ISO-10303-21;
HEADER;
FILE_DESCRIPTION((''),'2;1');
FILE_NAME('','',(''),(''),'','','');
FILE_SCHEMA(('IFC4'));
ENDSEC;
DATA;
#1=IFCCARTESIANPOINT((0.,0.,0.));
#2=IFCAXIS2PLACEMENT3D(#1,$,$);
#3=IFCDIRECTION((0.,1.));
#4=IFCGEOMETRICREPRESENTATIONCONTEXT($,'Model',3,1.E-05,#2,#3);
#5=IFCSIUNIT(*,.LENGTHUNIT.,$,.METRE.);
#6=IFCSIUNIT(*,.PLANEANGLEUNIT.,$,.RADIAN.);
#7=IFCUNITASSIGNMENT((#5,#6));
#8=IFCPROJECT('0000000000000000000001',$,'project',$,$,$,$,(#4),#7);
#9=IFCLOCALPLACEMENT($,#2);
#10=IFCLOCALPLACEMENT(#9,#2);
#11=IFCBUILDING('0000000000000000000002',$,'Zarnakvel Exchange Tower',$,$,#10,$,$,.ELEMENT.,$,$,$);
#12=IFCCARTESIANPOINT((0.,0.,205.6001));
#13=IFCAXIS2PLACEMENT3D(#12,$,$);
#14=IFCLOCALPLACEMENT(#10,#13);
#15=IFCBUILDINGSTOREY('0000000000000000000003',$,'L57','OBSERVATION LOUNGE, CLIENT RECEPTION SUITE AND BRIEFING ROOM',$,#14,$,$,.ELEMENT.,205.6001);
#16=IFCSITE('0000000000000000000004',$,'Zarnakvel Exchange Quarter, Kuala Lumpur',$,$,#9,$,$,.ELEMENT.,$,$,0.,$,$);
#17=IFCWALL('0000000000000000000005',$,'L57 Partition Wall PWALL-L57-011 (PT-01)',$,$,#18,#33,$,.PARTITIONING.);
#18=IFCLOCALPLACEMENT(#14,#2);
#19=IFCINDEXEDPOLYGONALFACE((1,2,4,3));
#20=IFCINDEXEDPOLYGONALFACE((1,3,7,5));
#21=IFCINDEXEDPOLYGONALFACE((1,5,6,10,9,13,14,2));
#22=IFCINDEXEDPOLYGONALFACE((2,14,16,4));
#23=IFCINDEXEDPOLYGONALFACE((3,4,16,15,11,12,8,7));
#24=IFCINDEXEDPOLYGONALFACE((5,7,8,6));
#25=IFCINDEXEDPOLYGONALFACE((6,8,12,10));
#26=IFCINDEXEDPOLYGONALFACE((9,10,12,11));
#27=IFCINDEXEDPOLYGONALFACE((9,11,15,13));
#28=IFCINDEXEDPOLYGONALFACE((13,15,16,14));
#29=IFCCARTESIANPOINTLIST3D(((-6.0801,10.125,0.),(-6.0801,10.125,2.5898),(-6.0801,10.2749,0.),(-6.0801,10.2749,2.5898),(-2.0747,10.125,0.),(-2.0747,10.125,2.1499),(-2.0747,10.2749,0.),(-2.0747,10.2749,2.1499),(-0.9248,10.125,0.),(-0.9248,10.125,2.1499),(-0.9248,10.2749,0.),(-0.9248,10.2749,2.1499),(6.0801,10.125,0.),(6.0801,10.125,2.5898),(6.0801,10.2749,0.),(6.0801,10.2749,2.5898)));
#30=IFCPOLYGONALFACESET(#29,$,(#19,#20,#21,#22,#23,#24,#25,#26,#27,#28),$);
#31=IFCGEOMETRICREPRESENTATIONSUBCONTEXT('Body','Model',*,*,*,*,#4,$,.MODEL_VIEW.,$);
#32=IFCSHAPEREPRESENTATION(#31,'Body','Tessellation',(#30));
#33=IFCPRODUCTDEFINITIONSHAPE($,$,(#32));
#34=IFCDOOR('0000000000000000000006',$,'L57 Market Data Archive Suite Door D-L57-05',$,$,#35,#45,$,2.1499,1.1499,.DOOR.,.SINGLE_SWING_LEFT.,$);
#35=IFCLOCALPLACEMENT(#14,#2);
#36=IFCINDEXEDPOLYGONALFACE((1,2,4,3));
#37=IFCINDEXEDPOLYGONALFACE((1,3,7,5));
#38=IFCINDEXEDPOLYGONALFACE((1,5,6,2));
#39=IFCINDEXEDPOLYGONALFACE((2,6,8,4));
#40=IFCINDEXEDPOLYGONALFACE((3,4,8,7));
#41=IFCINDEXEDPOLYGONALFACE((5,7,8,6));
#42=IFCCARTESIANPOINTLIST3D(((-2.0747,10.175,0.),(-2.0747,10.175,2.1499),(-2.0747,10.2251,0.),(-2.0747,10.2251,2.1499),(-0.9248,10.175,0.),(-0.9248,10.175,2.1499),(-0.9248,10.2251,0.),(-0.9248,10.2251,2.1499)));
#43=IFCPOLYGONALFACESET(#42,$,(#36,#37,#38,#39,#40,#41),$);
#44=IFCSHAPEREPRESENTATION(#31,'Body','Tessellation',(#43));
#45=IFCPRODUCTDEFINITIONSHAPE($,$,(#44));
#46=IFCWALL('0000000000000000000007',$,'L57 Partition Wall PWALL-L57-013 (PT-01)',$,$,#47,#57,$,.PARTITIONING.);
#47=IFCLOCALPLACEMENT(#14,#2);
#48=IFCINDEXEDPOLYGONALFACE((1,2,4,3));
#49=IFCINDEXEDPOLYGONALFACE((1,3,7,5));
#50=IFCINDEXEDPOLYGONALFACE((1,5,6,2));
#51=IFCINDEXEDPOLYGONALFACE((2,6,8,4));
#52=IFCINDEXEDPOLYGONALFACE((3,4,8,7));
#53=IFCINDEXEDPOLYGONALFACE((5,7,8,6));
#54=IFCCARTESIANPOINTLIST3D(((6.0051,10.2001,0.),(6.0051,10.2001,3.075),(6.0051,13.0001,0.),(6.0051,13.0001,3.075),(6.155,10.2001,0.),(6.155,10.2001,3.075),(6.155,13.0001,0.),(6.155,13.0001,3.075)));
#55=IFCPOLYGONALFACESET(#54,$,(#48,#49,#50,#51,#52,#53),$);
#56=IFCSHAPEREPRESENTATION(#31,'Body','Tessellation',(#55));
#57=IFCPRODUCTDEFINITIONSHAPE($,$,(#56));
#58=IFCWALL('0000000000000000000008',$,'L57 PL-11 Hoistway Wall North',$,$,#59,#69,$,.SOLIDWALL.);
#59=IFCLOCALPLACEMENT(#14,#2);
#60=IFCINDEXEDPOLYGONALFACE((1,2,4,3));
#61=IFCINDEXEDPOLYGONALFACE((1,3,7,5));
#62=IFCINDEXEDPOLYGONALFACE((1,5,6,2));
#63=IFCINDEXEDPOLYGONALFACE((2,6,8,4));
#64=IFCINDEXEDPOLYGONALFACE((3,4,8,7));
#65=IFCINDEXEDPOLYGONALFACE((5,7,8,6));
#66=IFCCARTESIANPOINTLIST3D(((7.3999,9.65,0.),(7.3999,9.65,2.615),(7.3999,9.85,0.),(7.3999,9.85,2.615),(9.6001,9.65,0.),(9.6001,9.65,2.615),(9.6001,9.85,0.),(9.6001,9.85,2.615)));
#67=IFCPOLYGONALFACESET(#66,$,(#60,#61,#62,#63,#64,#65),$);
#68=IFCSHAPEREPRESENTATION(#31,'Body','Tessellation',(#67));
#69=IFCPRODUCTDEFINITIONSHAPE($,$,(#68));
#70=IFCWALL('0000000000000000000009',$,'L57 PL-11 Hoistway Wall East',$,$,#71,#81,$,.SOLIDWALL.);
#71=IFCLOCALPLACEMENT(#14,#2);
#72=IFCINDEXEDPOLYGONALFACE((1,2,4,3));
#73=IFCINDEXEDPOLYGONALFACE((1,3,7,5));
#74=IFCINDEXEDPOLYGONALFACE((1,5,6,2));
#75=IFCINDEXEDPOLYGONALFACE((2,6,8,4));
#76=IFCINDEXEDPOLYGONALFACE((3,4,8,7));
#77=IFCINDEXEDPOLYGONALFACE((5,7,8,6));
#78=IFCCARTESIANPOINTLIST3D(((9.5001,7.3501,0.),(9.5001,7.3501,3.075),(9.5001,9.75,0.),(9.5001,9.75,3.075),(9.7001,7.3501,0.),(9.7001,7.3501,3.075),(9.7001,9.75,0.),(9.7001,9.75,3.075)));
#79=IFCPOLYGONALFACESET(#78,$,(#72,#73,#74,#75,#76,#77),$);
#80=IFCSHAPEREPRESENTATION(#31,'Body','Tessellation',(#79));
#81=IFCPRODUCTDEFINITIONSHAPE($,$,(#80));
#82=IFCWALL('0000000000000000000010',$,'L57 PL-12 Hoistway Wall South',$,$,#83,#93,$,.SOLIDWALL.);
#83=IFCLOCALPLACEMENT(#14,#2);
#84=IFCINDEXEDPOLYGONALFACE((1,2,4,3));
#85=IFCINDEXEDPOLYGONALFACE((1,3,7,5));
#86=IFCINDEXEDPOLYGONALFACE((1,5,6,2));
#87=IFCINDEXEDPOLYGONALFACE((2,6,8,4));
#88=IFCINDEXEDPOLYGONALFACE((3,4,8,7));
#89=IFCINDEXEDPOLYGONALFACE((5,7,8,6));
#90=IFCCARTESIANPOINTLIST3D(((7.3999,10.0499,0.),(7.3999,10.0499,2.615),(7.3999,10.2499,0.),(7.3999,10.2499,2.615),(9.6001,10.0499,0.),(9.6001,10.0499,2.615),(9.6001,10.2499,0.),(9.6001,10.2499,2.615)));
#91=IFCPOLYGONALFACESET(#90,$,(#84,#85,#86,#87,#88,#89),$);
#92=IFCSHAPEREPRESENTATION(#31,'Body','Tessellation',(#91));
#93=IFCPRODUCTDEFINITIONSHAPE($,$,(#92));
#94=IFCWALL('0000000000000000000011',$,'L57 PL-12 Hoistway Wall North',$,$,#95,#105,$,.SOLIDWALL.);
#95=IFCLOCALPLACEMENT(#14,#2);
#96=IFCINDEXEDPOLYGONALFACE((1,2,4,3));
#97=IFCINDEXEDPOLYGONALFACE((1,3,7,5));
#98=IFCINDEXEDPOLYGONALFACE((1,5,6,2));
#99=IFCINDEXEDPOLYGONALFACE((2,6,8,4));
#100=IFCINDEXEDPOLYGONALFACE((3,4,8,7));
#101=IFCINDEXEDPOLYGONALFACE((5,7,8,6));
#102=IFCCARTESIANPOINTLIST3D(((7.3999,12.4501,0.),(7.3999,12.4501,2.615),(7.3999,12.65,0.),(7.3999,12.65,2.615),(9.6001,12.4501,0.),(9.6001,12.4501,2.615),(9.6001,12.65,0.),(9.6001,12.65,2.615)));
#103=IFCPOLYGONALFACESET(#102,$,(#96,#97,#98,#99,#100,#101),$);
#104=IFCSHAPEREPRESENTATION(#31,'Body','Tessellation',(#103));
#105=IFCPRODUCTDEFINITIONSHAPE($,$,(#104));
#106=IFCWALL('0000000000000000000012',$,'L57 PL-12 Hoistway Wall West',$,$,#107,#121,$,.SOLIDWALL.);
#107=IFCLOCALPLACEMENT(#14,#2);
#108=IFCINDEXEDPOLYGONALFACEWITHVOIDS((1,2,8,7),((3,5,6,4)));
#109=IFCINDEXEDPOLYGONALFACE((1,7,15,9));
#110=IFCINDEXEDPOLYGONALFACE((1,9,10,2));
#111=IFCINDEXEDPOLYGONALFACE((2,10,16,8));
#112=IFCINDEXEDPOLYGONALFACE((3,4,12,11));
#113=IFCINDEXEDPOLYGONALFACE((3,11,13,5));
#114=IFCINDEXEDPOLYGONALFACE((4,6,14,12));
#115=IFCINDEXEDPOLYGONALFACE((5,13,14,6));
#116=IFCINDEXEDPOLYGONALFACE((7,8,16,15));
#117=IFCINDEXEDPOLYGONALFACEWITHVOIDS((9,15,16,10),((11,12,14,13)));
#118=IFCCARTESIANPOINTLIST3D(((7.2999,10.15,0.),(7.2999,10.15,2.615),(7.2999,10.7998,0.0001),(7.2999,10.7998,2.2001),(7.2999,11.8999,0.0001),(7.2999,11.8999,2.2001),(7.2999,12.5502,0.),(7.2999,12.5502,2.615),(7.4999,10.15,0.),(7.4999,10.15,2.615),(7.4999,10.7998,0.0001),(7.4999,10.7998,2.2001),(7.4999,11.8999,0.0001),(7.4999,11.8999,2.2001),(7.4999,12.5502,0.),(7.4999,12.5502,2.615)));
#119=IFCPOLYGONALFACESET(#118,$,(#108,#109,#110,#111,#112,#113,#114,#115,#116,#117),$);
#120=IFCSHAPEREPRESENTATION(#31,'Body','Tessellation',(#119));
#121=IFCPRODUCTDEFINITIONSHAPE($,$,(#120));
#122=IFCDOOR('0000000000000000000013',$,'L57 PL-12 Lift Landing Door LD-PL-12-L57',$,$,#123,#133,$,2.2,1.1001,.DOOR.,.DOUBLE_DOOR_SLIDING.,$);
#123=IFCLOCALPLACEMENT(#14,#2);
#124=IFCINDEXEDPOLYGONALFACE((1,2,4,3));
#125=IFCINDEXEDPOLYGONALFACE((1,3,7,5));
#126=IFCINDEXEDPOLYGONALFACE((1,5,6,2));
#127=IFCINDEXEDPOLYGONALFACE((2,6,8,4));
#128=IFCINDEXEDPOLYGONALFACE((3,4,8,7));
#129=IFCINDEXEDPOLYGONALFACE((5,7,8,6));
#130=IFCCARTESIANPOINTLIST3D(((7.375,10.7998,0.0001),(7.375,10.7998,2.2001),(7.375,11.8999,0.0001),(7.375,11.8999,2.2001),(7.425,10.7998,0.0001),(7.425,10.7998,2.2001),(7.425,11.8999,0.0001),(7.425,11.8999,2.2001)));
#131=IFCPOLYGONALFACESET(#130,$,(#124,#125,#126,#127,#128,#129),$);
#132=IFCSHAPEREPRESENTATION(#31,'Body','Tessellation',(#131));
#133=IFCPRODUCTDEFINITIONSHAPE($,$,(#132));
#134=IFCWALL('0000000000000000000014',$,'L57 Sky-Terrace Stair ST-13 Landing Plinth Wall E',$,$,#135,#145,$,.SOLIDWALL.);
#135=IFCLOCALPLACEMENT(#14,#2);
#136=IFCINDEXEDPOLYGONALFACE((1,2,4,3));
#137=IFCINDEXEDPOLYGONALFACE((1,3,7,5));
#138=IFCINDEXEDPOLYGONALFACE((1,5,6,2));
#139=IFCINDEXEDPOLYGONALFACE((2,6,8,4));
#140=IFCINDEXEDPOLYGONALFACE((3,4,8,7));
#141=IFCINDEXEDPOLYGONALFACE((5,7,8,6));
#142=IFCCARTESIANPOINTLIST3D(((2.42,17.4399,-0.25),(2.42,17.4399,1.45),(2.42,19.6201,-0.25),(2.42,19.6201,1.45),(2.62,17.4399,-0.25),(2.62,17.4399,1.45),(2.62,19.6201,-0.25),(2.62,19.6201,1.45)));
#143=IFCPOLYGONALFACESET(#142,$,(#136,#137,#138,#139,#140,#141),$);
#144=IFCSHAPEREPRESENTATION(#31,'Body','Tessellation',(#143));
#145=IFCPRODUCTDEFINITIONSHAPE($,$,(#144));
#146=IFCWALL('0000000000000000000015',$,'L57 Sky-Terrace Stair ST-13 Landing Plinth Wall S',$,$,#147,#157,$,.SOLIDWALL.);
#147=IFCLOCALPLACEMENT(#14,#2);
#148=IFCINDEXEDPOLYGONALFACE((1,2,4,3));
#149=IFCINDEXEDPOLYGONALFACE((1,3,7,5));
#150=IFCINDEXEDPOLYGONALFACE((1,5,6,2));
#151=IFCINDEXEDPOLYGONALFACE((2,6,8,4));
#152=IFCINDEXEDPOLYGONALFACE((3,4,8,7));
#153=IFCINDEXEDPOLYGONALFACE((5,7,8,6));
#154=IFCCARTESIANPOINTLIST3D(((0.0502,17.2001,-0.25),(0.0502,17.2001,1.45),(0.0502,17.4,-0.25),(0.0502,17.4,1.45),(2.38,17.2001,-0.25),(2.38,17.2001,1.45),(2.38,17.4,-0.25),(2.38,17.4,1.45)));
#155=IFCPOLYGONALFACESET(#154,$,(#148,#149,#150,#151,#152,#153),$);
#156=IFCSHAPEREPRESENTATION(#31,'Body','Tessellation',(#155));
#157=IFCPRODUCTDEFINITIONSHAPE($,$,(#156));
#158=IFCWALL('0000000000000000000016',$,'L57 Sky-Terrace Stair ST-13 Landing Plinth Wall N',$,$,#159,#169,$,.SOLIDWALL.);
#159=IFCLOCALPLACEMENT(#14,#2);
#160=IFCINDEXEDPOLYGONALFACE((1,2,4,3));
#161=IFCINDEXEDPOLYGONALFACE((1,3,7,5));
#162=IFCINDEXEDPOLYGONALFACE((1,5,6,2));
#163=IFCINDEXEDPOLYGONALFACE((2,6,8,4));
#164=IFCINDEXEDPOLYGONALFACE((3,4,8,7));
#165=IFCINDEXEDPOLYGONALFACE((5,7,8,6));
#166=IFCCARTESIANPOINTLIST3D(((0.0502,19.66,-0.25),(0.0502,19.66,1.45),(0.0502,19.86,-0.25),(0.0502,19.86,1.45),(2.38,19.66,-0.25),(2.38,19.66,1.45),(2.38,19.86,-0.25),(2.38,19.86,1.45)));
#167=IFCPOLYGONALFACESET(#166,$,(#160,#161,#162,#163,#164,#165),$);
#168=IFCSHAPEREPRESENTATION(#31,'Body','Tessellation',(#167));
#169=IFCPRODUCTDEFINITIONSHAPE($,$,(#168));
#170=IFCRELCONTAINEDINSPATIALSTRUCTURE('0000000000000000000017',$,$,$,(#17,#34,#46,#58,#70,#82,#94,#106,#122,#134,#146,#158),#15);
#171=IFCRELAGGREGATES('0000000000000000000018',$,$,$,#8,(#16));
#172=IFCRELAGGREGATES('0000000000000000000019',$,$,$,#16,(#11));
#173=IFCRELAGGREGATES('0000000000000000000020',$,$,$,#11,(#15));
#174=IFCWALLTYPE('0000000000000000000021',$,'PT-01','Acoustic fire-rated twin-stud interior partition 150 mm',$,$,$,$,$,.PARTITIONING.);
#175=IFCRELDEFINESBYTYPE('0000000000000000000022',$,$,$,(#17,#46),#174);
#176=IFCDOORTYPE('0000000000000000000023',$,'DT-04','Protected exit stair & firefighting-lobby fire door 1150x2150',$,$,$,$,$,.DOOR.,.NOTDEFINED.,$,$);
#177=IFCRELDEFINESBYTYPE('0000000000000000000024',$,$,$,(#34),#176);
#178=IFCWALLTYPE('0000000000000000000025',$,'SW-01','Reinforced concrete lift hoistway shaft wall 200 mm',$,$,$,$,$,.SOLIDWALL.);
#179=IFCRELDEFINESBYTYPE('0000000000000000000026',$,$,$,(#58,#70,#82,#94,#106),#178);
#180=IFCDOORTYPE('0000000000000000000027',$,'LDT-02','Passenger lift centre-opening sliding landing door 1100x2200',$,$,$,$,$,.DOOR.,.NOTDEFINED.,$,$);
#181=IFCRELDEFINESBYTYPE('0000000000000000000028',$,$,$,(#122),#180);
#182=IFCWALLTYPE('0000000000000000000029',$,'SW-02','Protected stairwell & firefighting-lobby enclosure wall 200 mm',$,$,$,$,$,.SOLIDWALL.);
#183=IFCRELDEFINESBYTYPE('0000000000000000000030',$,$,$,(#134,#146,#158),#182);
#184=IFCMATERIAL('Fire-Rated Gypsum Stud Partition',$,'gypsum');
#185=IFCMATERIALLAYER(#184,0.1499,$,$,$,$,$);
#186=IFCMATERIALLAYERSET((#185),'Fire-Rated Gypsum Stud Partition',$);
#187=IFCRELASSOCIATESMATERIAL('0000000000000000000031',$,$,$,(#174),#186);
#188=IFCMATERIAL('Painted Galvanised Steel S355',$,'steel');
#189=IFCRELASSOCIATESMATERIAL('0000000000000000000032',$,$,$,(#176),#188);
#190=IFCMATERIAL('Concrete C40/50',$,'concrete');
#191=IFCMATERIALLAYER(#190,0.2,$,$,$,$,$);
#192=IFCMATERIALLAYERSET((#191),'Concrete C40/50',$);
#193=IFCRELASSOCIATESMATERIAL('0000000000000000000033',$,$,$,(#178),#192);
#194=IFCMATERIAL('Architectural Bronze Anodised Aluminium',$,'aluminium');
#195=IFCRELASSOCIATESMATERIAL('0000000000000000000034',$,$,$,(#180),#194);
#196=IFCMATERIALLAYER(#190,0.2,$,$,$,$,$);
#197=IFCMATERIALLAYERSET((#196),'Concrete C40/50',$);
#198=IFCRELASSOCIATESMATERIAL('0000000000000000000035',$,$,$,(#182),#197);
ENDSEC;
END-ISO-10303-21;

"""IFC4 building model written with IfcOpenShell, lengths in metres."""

from ifc_helpers import new_model, si_unit, direction, frame, frame_2d, origin, place, context, subcontext, project, spatial, rectangle, extrude, source, transform, mapped, material, layer, layer_set, type_object, element, fill, save


model = new_model("IFC4")

# Units and contexts
model_context = context("Model", 3, precision=1e-05, world=origin(), true_north=direction((0.0, 1.0)))
body_context = subcontext(model_context, "Body", "Model", "MODEL_VIEW")
ifc_project = project(units=[si_unit("LENGTHUNIT", "METRE"), si_unit("PLANEANGLEUNIT", "RADIAN")], contexts=[model_context])

# Site, building, storey
site_placement = place(None, origin())
site = spatial("IfcSite", under=ifc_project, at=site_placement, Name="Zarnakvel Exchange Quarter, Kuala Lumpur", CompositionType="ELEMENT", RefElevation=0.0)
building_placement = place(site_placement, origin())
building = spatial("IfcBuilding", under=site, at=building_placement, Name="Zarnakvel Exchange Tower", CompositionType="ELEMENT")
storey_placement = place(building_placement, frame((0.0, 0.0, 205.6001)))
storey = spatial("IfcBuildingStorey", under=building, at=storey_placement, Name="L57", Description="OBSERVATION LOUNGE, CLIENT RECEPTION SUITE AND BRIEFING ROOM", CompositionType="ELEMENT", Elevation=205.6001)

# Wall, opening, door
ifc_material_1 = material(Name="Fire-Rated Gypsum Stud Partition", Category="gypsum")
ifc_layer_1 = layer(ifc_material_1, 0.1499)
ifc_layer_set_1 = layer_set([ifc_layer_1], Name="Fire-Rated Gypsum Stud Partition")
wall_type_1 = type_object("IfcWallType", Name="PT-01", Description="Acoustic fire-rated twin-stud interior partition 150 mm", PredefinedType="PARTITIONING", material=ifc_layer_set_1)
wall_1_placement = place(storey_placement, frame((6.0801, 10.2, 0.0), z_axis=(0.0, 0.0, 1.0), x_axis=(-1.0, 0.0, 0.0)))
wall_1 = element("IfcWall", 1, at=wall_1_placement, inside=storey, type_object=wall_type_1, Name="L57 Partition Wall PWALL-L57-011 (PT-01)", PredefinedType="PARTITIONING", context=body_context, shape_type="SweptSolid", body=[
    extrude(rectangle(XDim=12.1602, YDim=0.1499, at=frame_2d((6.0801, 0.0))), origin(), (0.0, 0.0, 1.0), 2.5898),
])
opening_1_placement = place(wall_1_placement, frame((7.0049, 0.0, 0.0)))
opening_1 = element("IfcOpeningElement", 2, at=opening_1_placement, cuts=wall_1, PredefinedType="OPENING", context=body_context, shape_type="SweptSolid", body=[
    extrude(rectangle(XDim=1.1499, YDim=2.1499, at=frame_2d((0.575, 1.075))), frame((0.0, 0.085, 0.0), z_axis=(0.0, -1.0, 0.0), x_axis=(1.0, 0.0, 0.0)), (0.0, 0.0, 1.0), 0.1699),
])
ifc_material_2 = material(Name="Painted Galvanised Steel S355", Category="steel")
door_type_1 = type_object("IfcDoorType", Name="DT-04", Description="Protected exit stair & firefighting-lobby fire door 1150x2150", OperationType="NOTDEFINED", PredefinedType="DOOR", material=ifc_material_2)
shared_shape_1 = source(origin(), body_context, "Body", "SweptSolid", [
    extrude(rectangle(XDim=1.1499, YDim=2.1499, at=frame_2d((0.575, 1.075))), frame((0.0, 0.0249, 0.0), z_axis=(0.0, -1.0, 0.0), x_axis=(1.0, 0.0, 0.0)), (0.0, 0.0, 1.0), 0.05),
])
door_1_placement = place(opening_1_placement, origin())
door_1 = element("IfcDoor", 3, at=door_1_placement, inside=storey, type_object=door_type_1, Name="L57 Market Data Archive Suite Door D-L57-05", OperationType="SINGLE_SWING_LEFT", OverallHeight=2.1499, OverallWidth=1.1499, PredefinedType="DOOR", context=body_context, shape_type="MappedRepresentation", body=[
    mapped(shared_shape_1, transform((0.0, 0.0, 0.0), x_axis=(1.0, 0.0, 0.0), y_axis=(0.0, 1.0, 0.0), z_axis=(0.0, 0.0, 1.0), scale=1.0)),
])
fill(opening_1, door_1)

# Walls
wall_2_placement = place(storey_placement, frame((6.0801, 13.0, 0.0), z_axis=(0.0, 0.0, 1.0), x_axis=(0.0, -1.0, 0.0)))
element("IfcWall", 4, at=wall_2_placement, inside=storey, type_object=wall_type_1, Name="L57 Partition Wall PWALL-L57-013 (PT-01)", PredefinedType="PARTITIONING", context=body_context, shape_type="SweptSolid", body=[
    extrude(rectangle(XDim=2.8, YDim=0.1499, at=frame_2d((1.3999, 0.0))), origin(), (0.0, 0.0, 1.0), 3.075),
])
ifc_material_3 = material(Name="Concrete C40/50", Category="concrete")
ifc_layer_2 = layer(ifc_material_3, 0.2)
ifc_layer_set_2 = layer_set([ifc_layer_2], Name="Concrete C40/50")
wall_type_2 = type_object("IfcWallType", Name="SW-01", Description="Reinforced concrete lift hoistway shaft wall 200 mm", PredefinedType="SOLIDWALL", material=ifc_layer_set_2)
wall_3_placement = place(storey_placement, frame((7.3999, 9.75, 0.0), z_axis=(0.0, 0.0, 1.0), x_axis=(1.0, 0.0, 0.0)))
element("IfcWall", 5, at=wall_3_placement, inside=storey, type_object=wall_type_2, Name="L57 PL-11 Hoistway Wall North", PredefinedType="SOLIDWALL", context=body_context, shape_type="SweptSolid", body=[
    extrude(rectangle(XDim=2.2002, YDim=0.2, at=frame_2d((1.1001, 0.0))), origin(), (0.0, 0.0, 1.0), 2.615),
])
wall_4_placement = place(storey_placement, frame((9.6001, 9.75, 0.0), z_axis=(0.0, 0.0, 1.0), x_axis=(0.0, -1.0, 0.0)))
element("IfcWall", 6, at=wall_4_placement, inside=storey, type_object=wall_type_2, Name="L57 PL-11 Hoistway Wall East", PredefinedType="SOLIDWALL", context=body_context, shape_type="SweptSolid", body=[
    extrude(rectangle(XDim=2.3999, YDim=0.2, at=frame_2d((1.2, 0.0))), origin(), (0.0, 0.0, 1.0), 3.075),
])
for number, where, z_axis, x_axis, name in (
    (7, (9.6001, 10.1499, 0.0), (0.0, 0.0, 1.0), (-1.0, 0.0, 0.0), "L57 PL-12 Hoistway Wall South"),
    (8, (7.3999, 12.55, 0.0), (0.0, 0.0, 1.0), (1.0, 0.0, 0.0), "L57 PL-12 Hoistway Wall North"),
):
    element("IfcWall", number, at=place(storey_placement, frame(where, z_axis=z_axis, x_axis=x_axis)), inside=storey, type_object=wall_type_2, Name=name, PredefinedType="SOLIDWALL", context=body_context, shape_type="SweptSolid", body=[
        extrude(rectangle(XDim=2.2002, YDim=0.2, at=frame_2d((1.1001, 0.0))), origin(), (0.0, 0.0, 1.0), 2.615),
    ])

# Wall, opening, door
wall_5_placement = place(storey_placement, frame((7.3999, 10.1499, 0.0), z_axis=(0.0, 0.0, 1.0), x_axis=(0.0, 1.0, 0.0)))
wall_5 = element("IfcWall", 9, at=wall_5_placement, inside=storey, type_object=wall_type_2, Name="L57 PL-12 Hoistway Wall West", PredefinedType="SOLIDWALL", context=body_context, shape_type="SweptSolid", body=[
    extrude(rectangle(XDim=2.4001, YDim=0.2, at=frame_2d((1.2002, 0.0))), origin(), (0.0, 0.0, 1.0), 2.615),
])
opening_2_placement = place(wall_5_placement, frame((0.6499, 0.0, 0.0)))
opening_2 = element("IfcOpeningElement", 10, at=opening_2_placement, cuts=wall_5, PredefinedType="OPENING", context=body_context, shape_type="SweptSolid", body=[
    extrude(rectangle(XDim=1.1001, YDim=2.2, at=frame_2d((0.55, 1.1001))), frame((0.0, 0.1099, 0.0), z_axis=(0.0, -1.0, 0.0), x_axis=(1.0, 0.0, 0.0)), (0.0, 0.0, 1.0), 0.22),
])
ifc_material_4 = material(Name="Architectural Bronze Anodised Aluminium", Category="aluminium")
door_type_2 = type_object("IfcDoorType", Name="LDT-02", Description="Passenger lift centre-opening sliding landing door 1100x2200", OperationType="NOTDEFINED", PredefinedType="DOOR", material=ifc_material_4)
shared_shape_2 = source(origin(), body_context, "Body", "SweptSolid", [
    extrude(rectangle(XDim=1.1001, YDim=2.2, at=frame_2d((0.55, 1.1001))), frame((0.0, 0.0249, 0.0), z_axis=(0.0, -1.0, 0.0), x_axis=(1.0, 0.0, 0.0)), (0.0, 0.0, 1.0), 0.05),
])
door_2_placement = place(opening_2_placement, origin())
door_2 = element("IfcDoor", 11, at=door_2_placement, inside=storey, type_object=door_type_2, Name="L57 PL-12 Lift Landing Door LD-PL-12-L57", OperationType="DOUBLE_DOOR_SLIDING", OverallHeight=2.2, OverallWidth=1.1001, PredefinedType="DOOR", context=body_context, shape_type="MappedRepresentation", body=[
    mapped(shared_shape_2, transform((0.0, 0.0, 0.0), x_axis=(1.0, 0.0, 0.0), y_axis=(0.0, 1.0, 0.0), z_axis=(0.0, 0.0, 1.0), scale=1.0)),
])
fill(opening_2, door_2)

# Walls
ifc_layer_3 = layer(ifc_material_3, 0.2)
ifc_layer_set_3 = layer_set([ifc_layer_3], Name="Concrete C40/50")
wall_type_3 = type_object("IfcWallType", Name="SW-02", Description="Protected stairwell & firefighting-lobby enclosure wall 200 mm", PredefinedType="SOLIDWALL", material=ifc_layer_set_3)
wall_6_placement = place(storey_placement, frame((2.52, 17.4399, -0.25), z_axis=(0.0, 0.0, 1.0), x_axis=(0.0, 1.0, 0.0)))
element("IfcWall", 12, at=wall_6_placement, inside=storey, type_object=wall_type_3, Name="L57 Sky-Terrace Stair ST-13 Landing Plinth Wall E", PredefinedType="SOLIDWALL", context=body_context, shape_type="SweptSolid", body=[
    extrude(rectangle(XDim=2.1802, YDim=0.2, at=frame_2d((1.0901, 0.0))), origin(), (0.0, 0.0, 1.0), 1.7),
])
for number, where, z_axis, x_axis, name in (
    (13, (0.05, 17.3, -0.25), (0.0, 0.0, 1.0), (1.0, 0.0, 0.0), "L57 Sky-Terrace Stair ST-13 Landing Plinth Wall S"),
    (14, (0.05, 19.76, -0.25), (0.0, 0.0, 1.0), (1.0, 0.0, 0.0), "L57 Sky-Terrace Stair ST-13 Landing Plinth Wall N"),
):
    element("IfcWall", number, at=place(storey_placement, frame(where, z_axis=z_axis, x_axis=x_axis)), inside=storey, type_object=wall_type_3, Name=name, PredefinedType="SOLIDWALL", context=body_context, shape_type="SweptSolid", body=[
        extrude(rectangle(XDim=2.3298, YDim=0.2, at=frame_2d((1.165, 0.0))), origin(), (0.0, 0.0, 1.0), 1.7),
    ])

save(model, "model.ifc")
